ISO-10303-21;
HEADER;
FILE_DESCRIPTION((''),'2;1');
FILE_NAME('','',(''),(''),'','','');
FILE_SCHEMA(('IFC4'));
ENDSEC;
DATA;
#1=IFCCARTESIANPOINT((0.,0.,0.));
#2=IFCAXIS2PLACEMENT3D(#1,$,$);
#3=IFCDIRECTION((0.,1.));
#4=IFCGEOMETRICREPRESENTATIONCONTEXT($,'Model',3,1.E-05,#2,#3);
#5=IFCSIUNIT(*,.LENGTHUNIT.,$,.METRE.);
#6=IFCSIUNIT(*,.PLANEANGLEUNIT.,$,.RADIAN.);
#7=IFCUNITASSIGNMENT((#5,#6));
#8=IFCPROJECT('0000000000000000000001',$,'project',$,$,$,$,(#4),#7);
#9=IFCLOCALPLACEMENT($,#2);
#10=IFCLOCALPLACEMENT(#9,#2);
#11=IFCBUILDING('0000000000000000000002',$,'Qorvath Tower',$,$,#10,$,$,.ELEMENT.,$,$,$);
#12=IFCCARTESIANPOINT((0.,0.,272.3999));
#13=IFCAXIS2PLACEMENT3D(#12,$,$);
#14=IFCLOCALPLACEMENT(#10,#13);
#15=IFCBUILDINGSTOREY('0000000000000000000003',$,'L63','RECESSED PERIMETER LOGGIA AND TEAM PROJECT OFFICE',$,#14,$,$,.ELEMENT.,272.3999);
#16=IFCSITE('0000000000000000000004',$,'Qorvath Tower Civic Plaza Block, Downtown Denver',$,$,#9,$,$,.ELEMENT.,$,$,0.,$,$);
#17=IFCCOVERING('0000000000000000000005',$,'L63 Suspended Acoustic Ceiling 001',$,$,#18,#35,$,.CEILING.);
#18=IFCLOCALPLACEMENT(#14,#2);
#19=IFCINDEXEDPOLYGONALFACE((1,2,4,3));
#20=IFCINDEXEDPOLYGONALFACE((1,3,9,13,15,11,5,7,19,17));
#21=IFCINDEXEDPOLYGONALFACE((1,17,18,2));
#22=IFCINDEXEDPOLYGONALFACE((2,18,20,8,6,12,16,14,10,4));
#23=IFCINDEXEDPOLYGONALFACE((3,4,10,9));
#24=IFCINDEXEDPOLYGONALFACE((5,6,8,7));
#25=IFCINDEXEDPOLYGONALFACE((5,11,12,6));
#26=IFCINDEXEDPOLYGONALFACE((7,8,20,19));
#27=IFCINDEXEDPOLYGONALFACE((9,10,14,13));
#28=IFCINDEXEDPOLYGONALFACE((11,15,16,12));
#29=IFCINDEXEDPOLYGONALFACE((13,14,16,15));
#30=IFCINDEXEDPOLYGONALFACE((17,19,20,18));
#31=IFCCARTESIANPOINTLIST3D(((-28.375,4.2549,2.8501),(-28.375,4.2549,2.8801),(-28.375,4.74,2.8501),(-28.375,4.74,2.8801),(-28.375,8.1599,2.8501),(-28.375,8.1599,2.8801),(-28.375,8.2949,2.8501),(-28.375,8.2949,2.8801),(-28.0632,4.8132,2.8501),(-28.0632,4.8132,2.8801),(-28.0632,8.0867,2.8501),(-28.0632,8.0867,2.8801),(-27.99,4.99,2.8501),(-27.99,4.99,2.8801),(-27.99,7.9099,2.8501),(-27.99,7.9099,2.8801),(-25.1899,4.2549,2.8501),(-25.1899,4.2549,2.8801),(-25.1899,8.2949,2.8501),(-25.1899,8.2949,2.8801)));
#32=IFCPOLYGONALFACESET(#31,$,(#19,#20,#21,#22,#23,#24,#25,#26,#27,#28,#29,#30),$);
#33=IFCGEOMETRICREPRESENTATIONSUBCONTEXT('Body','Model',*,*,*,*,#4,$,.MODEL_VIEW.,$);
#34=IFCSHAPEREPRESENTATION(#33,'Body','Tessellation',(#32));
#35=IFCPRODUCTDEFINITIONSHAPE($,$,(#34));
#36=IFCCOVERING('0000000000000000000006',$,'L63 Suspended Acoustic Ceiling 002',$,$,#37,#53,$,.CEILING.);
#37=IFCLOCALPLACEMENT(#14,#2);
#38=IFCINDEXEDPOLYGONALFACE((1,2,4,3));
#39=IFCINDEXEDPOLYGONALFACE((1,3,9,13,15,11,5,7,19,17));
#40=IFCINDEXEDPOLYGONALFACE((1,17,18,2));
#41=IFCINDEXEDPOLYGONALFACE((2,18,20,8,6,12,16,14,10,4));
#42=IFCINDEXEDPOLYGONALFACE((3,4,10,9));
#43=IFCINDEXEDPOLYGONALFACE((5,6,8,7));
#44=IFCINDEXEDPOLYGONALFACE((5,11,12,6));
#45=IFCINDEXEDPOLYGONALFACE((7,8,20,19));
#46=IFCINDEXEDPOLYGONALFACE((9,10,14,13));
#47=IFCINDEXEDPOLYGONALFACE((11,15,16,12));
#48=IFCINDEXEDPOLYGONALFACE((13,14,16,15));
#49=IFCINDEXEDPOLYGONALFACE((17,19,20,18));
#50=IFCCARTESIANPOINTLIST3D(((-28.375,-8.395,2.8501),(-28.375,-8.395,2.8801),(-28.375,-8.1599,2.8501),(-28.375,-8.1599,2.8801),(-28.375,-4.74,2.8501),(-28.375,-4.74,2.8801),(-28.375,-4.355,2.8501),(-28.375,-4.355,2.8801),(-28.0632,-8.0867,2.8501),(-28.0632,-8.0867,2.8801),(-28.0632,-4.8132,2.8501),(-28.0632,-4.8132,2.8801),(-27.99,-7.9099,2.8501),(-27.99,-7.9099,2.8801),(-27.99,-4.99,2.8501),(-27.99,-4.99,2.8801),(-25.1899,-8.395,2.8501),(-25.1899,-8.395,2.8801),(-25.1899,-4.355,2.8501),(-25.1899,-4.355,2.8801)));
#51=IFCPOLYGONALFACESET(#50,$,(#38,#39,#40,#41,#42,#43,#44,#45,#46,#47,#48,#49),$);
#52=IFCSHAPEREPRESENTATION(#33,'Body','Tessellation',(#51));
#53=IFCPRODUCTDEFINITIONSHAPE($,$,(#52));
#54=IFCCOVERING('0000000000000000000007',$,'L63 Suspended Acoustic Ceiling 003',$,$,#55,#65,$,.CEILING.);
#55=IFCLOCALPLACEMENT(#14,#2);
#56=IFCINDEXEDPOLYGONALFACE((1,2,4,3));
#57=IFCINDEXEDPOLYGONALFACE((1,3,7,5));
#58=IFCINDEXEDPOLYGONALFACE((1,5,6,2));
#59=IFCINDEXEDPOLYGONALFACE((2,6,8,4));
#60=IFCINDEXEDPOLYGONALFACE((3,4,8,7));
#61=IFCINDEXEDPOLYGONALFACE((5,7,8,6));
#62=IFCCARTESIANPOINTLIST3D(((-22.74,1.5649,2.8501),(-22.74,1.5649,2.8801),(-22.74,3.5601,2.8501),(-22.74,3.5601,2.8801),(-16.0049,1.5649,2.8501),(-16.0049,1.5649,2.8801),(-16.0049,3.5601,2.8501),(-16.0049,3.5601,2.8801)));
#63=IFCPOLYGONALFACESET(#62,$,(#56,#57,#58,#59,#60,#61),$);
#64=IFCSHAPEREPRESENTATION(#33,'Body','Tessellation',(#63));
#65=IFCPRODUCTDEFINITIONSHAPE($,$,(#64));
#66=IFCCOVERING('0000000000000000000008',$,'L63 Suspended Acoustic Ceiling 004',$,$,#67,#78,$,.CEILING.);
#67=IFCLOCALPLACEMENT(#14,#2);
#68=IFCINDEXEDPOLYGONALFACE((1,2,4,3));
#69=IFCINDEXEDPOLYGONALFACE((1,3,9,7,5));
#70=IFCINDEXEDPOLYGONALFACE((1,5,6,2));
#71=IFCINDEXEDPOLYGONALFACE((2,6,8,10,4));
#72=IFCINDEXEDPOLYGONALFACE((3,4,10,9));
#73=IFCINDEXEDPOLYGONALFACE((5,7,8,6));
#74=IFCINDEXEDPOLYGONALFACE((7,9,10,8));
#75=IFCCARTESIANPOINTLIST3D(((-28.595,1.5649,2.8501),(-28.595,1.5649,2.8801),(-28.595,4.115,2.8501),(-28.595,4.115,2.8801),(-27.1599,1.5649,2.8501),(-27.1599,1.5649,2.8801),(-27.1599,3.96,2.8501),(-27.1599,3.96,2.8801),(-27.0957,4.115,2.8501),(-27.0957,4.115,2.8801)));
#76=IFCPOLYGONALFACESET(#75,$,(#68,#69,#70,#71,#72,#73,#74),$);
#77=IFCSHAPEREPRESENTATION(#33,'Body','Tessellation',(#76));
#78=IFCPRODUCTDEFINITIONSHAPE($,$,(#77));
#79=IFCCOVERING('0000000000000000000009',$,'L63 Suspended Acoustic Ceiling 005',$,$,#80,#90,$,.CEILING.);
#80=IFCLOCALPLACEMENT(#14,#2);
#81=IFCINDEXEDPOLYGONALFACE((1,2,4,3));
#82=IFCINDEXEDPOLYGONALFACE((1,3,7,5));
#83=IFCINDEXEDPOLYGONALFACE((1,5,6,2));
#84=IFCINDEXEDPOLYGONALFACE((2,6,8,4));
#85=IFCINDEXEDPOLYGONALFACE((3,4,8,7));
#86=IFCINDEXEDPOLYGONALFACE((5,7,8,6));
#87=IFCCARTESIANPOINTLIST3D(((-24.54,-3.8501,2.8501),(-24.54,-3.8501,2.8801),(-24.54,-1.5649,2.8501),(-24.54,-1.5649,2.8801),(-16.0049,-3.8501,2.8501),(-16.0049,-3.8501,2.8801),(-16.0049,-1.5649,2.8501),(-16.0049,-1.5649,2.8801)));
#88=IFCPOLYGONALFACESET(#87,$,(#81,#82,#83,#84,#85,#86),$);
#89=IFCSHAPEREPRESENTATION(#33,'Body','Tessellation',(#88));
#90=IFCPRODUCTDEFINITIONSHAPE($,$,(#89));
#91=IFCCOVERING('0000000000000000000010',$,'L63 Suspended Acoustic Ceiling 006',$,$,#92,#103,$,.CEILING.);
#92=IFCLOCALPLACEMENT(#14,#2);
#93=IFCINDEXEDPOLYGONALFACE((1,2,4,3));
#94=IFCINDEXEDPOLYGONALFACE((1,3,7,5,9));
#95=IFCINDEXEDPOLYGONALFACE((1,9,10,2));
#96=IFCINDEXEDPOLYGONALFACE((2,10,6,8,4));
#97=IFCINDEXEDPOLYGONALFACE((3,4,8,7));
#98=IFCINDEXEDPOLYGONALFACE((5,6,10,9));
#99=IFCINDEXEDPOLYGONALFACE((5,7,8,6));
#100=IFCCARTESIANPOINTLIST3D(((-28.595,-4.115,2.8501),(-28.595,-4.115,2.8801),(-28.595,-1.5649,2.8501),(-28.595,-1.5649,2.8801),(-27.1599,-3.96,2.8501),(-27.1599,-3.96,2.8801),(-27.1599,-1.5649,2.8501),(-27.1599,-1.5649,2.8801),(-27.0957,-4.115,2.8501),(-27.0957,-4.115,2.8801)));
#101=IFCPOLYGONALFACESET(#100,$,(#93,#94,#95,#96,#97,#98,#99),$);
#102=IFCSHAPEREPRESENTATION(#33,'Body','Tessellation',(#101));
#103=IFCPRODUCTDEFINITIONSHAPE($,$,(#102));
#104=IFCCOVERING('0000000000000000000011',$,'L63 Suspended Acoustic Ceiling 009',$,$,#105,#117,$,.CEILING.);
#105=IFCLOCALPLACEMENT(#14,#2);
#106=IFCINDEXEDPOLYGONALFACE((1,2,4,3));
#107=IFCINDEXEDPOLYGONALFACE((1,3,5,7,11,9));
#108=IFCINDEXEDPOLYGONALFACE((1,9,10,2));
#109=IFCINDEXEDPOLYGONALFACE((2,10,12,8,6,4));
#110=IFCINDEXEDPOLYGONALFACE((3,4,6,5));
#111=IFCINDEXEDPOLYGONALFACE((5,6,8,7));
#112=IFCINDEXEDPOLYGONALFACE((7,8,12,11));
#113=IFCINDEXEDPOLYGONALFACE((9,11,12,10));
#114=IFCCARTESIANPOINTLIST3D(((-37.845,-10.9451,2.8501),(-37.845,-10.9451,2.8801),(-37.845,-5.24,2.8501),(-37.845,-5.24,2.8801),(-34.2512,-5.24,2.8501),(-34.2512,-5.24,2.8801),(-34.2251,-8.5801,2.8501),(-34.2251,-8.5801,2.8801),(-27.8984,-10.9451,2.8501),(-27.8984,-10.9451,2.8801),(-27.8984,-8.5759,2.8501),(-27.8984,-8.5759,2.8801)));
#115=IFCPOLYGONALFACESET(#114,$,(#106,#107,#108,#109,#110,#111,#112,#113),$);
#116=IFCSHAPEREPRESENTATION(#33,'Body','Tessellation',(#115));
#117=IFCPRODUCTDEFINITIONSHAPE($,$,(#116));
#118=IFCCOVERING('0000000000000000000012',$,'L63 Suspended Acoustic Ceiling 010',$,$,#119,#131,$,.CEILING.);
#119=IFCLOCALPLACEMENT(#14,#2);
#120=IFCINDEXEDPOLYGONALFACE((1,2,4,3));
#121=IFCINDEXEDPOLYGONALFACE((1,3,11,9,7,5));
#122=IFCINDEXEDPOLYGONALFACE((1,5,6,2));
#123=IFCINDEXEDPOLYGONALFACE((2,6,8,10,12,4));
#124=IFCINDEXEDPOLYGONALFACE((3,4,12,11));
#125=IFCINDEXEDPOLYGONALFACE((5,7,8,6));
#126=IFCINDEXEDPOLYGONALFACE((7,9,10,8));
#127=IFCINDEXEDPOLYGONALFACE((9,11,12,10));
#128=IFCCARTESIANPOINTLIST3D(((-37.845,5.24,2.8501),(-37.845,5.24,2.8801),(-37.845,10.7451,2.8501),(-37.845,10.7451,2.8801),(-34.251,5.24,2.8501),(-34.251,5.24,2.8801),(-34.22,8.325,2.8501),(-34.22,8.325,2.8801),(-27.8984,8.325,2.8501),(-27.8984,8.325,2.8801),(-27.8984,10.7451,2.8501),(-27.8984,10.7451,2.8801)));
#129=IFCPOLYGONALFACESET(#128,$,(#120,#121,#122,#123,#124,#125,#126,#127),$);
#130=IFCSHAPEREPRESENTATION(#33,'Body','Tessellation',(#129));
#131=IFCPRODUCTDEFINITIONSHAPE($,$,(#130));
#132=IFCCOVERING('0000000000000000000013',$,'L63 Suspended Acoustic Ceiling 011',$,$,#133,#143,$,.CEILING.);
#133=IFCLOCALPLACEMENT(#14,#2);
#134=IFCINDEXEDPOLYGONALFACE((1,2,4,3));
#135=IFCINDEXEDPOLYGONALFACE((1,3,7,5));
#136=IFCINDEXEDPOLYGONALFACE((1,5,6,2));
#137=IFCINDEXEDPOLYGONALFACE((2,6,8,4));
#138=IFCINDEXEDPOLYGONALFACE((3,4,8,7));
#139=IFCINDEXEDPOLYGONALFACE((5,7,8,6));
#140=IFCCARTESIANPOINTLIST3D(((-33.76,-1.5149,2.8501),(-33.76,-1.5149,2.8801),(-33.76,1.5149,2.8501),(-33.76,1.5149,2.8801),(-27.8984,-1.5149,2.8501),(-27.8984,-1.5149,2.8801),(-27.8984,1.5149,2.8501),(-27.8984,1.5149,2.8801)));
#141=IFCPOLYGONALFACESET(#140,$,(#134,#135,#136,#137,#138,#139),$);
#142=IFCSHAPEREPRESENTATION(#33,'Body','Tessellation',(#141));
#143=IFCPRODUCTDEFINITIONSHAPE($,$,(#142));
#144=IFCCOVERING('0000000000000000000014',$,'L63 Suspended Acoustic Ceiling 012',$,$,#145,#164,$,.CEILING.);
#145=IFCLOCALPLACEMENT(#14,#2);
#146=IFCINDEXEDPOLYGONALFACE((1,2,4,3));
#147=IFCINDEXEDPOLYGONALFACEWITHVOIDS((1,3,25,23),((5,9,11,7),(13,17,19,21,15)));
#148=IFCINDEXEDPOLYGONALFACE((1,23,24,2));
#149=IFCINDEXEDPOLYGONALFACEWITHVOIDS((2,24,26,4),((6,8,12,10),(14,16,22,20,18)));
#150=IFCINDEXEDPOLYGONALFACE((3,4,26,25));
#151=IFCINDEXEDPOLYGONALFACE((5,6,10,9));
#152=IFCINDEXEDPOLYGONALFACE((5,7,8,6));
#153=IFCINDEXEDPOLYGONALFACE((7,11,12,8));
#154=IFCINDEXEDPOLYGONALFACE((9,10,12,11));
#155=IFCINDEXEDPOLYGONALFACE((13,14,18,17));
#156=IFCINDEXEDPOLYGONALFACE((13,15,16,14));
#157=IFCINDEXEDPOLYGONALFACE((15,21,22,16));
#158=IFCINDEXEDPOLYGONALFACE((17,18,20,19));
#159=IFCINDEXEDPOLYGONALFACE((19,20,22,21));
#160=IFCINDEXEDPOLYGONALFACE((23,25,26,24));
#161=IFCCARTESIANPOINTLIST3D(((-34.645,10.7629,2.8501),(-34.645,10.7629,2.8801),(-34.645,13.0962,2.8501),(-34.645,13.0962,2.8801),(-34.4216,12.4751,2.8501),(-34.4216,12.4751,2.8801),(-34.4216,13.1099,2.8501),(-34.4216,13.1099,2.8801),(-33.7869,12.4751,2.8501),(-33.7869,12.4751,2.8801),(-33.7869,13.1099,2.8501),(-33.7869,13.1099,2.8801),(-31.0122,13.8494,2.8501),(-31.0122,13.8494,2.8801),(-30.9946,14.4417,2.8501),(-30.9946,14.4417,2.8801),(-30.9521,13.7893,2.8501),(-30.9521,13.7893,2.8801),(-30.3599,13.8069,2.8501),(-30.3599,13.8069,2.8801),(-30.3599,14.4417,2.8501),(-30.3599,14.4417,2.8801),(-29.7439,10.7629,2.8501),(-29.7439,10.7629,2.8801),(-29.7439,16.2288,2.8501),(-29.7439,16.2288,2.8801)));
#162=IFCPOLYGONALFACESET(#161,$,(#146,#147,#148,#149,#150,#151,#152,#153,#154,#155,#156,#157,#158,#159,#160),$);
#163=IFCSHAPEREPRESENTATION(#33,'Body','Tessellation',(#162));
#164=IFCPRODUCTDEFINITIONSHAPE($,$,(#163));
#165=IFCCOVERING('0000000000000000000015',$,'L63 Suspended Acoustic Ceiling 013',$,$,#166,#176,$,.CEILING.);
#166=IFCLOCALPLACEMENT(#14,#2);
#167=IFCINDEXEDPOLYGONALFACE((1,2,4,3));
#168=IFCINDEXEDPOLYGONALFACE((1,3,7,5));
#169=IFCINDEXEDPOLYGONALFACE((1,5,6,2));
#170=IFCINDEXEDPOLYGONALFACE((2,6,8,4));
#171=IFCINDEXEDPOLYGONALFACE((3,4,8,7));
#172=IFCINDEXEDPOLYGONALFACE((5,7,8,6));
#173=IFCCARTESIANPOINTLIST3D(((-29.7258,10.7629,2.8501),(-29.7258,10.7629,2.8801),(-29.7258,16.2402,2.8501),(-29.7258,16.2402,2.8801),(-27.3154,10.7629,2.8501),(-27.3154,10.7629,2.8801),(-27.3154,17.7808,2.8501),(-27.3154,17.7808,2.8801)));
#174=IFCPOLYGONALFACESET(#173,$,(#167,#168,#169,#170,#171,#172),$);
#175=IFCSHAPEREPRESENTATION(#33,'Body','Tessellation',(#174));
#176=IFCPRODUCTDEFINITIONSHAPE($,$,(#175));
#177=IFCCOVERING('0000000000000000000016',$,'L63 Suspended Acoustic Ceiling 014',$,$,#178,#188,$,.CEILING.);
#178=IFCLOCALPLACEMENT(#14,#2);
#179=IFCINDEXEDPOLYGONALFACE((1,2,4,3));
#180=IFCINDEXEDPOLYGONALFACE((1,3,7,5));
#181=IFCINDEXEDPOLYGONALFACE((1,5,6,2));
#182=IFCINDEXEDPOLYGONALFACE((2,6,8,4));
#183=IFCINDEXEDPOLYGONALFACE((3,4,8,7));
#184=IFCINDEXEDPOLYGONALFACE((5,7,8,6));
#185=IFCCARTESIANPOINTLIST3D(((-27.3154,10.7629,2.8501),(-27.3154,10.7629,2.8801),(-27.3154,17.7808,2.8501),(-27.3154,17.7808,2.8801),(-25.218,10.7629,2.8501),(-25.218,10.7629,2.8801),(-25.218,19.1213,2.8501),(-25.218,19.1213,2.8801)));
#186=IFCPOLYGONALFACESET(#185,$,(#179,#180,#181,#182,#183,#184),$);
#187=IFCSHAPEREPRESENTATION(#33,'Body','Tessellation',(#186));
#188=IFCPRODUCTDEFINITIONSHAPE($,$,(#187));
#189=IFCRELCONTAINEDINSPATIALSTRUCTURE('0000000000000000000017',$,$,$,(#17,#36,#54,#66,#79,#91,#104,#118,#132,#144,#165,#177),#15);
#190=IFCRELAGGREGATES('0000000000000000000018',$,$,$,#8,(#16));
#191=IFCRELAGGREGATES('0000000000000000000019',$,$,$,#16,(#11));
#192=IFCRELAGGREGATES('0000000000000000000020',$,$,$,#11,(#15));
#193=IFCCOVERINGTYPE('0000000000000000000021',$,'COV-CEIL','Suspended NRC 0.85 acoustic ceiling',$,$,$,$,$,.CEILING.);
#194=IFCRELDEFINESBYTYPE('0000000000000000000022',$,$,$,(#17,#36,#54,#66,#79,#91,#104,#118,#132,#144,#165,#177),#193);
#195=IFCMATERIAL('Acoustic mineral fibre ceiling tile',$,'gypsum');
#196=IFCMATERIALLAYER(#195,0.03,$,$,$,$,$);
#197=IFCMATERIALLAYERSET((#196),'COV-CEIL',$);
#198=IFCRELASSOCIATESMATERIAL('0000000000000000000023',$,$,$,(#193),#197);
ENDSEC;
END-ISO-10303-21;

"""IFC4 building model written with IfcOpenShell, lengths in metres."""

from ifc_helpers import new_model, si_unit, direction, frame, origin, place, context, subcontext, project, spatial, polyline, outline, extrude, material, layer, layer_set, type_object, element, save


model = new_model("IFC4")

# Units and contexts
model_context = context("Model", 3, precision=1e-05, world=origin(), true_north=direction((0.0, 1.0)))
body_context = subcontext(model_context, "Body", "Model", "MODEL_VIEW")
ifc_project = project(units=[si_unit("LENGTHUNIT", "METRE"), si_unit("PLANEANGLEUNIT", "RADIAN")], contexts=[model_context])

# Site, building, storey
site_placement = place(None, origin())
site = spatial("IfcSite", under=ifc_project, at=site_placement, Name="Qorvath Tower Civic Plaza Block, Downtown Denver", CompositionType="ELEMENT", RefElevation=0.0)
building_placement = place(site_placement, origin())
building = spatial("IfcBuilding", under=site, at=building_placement, Name="Qorvath Tower", CompositionType="ELEMENT")
storey_placement = place(building_placement, frame((0.0, 0.0, 272.3999)))
storey = spatial("IfcBuildingStorey", under=building, at=storey_placement, Name="L63", Description="RECESSED PERIMETER LOGGIA AND TEAM PROJECT OFFICE", CompositionType="ELEMENT", Elevation=272.3999)

# Coverings
ifc_material_1 = material(Name="Acoustic mineral fibre ceiling tile", Category="gypsum")
ifc_layer_1 = layer(ifc_material_1, 0.03)
ifc_layer_set_1 = layer_set([ifc_layer_1], Name="COV-CEIL")
covering_type_1 = type_object("IfcCoveringType", Name="COV-CEIL", Description="Suspended NRC 0.85 acoustic ceiling", PredefinedType="CEILING", material=ifc_layer_set_1)
covering_1_placement = place(storey_placement, frame((0.0, 0.0, 2.8501)))
element("IfcCovering", 1, at=covering_1_placement, inside=storey, type_object=covering_type_1, Name="L63 Suspended Acoustic Ceiling 001", PredefinedType="CEILING", context=body_context, shape_type="SweptSolid", body=[
    extrude(outline(polyline([(-25.1899, 4.2549), (-25.1899, 8.2949), (-28.375, 8.2949), (-28.375, 8.1599), (-28.0632, 8.0867), (-27.99, 7.9099), (-27.99, 4.99), (-28.0632, 4.8132), (-28.375, 4.74), (-28.375, 4.2549), (-25.1899, 4.2549)])), origin(), (0.0, 0.0, 1.0), 0.03),
])
covering_2_placement = place(storey_placement, frame((0.0, 0.0, 2.8501)))
element("IfcCovering", 2, at=covering_2_placement, inside=storey, type_object=covering_type_1, Name="L63 Suspended Acoustic Ceiling 002", PredefinedType="CEILING", context=body_context, shape_type="SweptSolid", body=[
    extrude(outline(polyline([(-25.1899, -8.395), (-25.1899, -4.355), (-28.375, -4.355), (-28.375, -4.74), (-28.0632, -4.8132), (-27.99, -4.99), (-27.99, -7.9099), (-28.0632, -8.0867), (-28.375, -8.1599), (-28.375, -8.395), (-25.1899, -8.395)])), origin(), (0.0, 0.0, 1.0), 0.03),
])
covering_3_placement = place(storey_placement, frame((0.0, 0.0, 2.8501)))
element("IfcCovering", 3, at=covering_3_placement, inside=storey, type_object=covering_type_1, Name="L63 Suspended Acoustic Ceiling 003", PredefinedType="CEILING", context=body_context, shape_type="SweptSolid", body=[
    extrude(outline(polyline([(-16.0049, 3.5601), (-22.74, 3.5601), (-22.74, 1.5649), (-16.0049, 1.5649), (-16.0049, 3.5601)])), origin(), (0.0, 0.0, 1.0), 0.03),
])
covering_4_placement = place(storey_placement, frame((0.0, 0.0, 2.8501)))
element("IfcCovering", 4, at=covering_4_placement, inside=storey, type_object=covering_type_1, Name="L63 Suspended Acoustic Ceiling 004", PredefinedType="CEILING", context=body_context, shape_type="SweptSolid", body=[
    extrude(outline(polyline([(-27.1599, 1.5649), (-27.1599, 3.96), (-27.0957, 4.115), (-28.595, 4.115), (-28.595, 1.5649), (-27.1599, 1.5649)])), origin(), (0.0, 0.0, 1.0), 0.03),
])
covering_5_placement = place(storey_placement, frame((0.0, 0.0, 2.8501)))
element("IfcCovering", 5, at=covering_5_placement, inside=storey, type_object=covering_type_1, Name="L63 Suspended Acoustic Ceiling 005", PredefinedType="CEILING", context=body_context, shape_type="SweptSolid", body=[
    extrude(outline(polyline([(-24.54, -1.5649), (-24.54, -3.8501), (-16.0049, -3.8501), (-16.0049, -1.5649), (-24.54, -1.5649)])), origin(), (0.0, 0.0, 1.0), 0.03),
])
covering_6_placement = place(storey_placement, frame((0.0, 0.0, 2.8501)))
element("IfcCovering", 6, at=covering_6_placement, inside=storey, type_object=covering_type_1, Name="L63 Suspended Acoustic Ceiling 006", PredefinedType="CEILING", context=body_context, shape_type="SweptSolid", body=[
    extrude(outline(polyline([(-27.0957, -4.115), (-27.1599, -3.96), (-27.1599, -1.5649), (-28.595, -1.5649), (-28.595, -4.115), (-27.0957, -4.115)])), origin(), (0.0, 0.0, 1.0), 0.03),
])
covering_7_placement = place(storey_placement, frame((0.0, 0.0, 2.8501)))
element("IfcCovering", 7, at=covering_7_placement, inside=storey, type_object=covering_type_1, Name="L63 Suspended Acoustic Ceiling 009", PredefinedType="CEILING", context=body_context, shape_type="SweptSolid", body=[
    extrude(outline(polyline([(-34.2251, -8.5801), (-34.2512, -5.24), (-37.845, -5.24), (-37.845, -10.9451), (-27.8984, -10.9451), (-27.8984, -8.5759), (-34.2251, -8.5801)])), origin(), (0.0, 0.0, 1.0), 0.03),
])
covering_8_placement = place(storey_placement, frame((0.0, 0.0, 2.8501)))
element("IfcCovering", 8, at=covering_8_placement, inside=storey, type_object=covering_type_1, Name="L63 Suspended Acoustic Ceiling 010", PredefinedType="CEILING", context=body_context, shape_type="SweptSolid", body=[
    extrude(outline(polyline([(-27.8984, 8.325), (-27.8984, 10.7451), (-37.845, 10.7451), (-37.845, 5.24), (-34.251, 5.24), (-34.22, 8.325), (-27.8984, 8.325)])), origin(), (0.0, 0.0, 1.0), 0.03),
])
covering_9_placement = place(storey_placement, frame((0.0, 0.0, 2.8501)))
element("IfcCovering", 9, at=covering_9_placement, inside=storey, type_object=covering_type_1, Name="L63 Suspended Acoustic Ceiling 011", PredefinedType="CEILING", context=body_context, shape_type="SweptSolid", body=[
    extrude(outline(polyline([(-27.8984, -1.5149), (-27.8984, 1.5149), (-33.76, 1.5149), (-33.76, -1.5149), (-27.8984, -1.5149)])), origin(), (0.0, 0.0, 1.0), 0.03),
])
covering_10_placement = place(storey_placement, frame((0.0, 0.0, 2.8501)))
element("IfcCovering", 10, at=covering_10_placement, inside=storey, type_object=covering_type_1, Name="L63 Suspended Acoustic Ceiling 012", PredefinedType="CEILING", context=body_context, shape_type="SweptSolid", body=[
    extrude(outline(polyline([(-29.7439, 16.2288), (-34.645, 13.0962), (-34.645, 10.7629), (-29.7439, 10.7629), (-29.7439, 16.2288)]), holes=[polyline([(-30.9946, 14.4417), (-30.3599, 14.4417), (-30.3599, 13.8069), (-30.9521, 13.7893), (-31.0122, 13.8494), (-30.9946, 14.4417)]), polyline([(-34.4216, 13.1099), (-33.7869, 13.1099), (-33.7869, 12.4751), (-34.4216, 12.4751), (-34.4216, 13.1099)])]), origin(), (0.0, 0.0, 1.0), 0.03),
])
covering_11_placement = place(storey_placement, frame((0.0, 0.0, 2.8501)))
element("IfcCovering", 11, at=covering_11_placement, inside=storey, type_object=covering_type_1, Name="L63 Suspended Acoustic Ceiling 013", PredefinedType="CEILING", context=body_context, shape_type="SweptSolid", body=[
    extrude(outline(polyline([(-29.7258, 10.7629), (-27.3154, 10.7629), (-27.3154, 17.7808), (-29.7258, 16.2402), (-29.7258, 10.7629)])), origin(), (0.0, 0.0, 1.0), 0.03),
])
covering_12_placement = place(storey_placement, frame((0.0, 0.0, 2.8501)))
element("IfcCovering", 12, at=covering_12_placement, inside=storey, type_object=covering_type_1, Name="L63 Suspended Acoustic Ceiling 014", PredefinedType="CEILING", context=body_context, shape_type="SweptSolid", body=[
    extrude(outline(polyline([(-27.3154, 17.7808), (-27.3154, 10.7629), (-25.218, 10.7629), (-25.218, 19.1213), (-27.3154, 17.7808)])), origin(), (0.0, 0.0, 1.0), 0.03),
])

save(model, "model.ifc")
